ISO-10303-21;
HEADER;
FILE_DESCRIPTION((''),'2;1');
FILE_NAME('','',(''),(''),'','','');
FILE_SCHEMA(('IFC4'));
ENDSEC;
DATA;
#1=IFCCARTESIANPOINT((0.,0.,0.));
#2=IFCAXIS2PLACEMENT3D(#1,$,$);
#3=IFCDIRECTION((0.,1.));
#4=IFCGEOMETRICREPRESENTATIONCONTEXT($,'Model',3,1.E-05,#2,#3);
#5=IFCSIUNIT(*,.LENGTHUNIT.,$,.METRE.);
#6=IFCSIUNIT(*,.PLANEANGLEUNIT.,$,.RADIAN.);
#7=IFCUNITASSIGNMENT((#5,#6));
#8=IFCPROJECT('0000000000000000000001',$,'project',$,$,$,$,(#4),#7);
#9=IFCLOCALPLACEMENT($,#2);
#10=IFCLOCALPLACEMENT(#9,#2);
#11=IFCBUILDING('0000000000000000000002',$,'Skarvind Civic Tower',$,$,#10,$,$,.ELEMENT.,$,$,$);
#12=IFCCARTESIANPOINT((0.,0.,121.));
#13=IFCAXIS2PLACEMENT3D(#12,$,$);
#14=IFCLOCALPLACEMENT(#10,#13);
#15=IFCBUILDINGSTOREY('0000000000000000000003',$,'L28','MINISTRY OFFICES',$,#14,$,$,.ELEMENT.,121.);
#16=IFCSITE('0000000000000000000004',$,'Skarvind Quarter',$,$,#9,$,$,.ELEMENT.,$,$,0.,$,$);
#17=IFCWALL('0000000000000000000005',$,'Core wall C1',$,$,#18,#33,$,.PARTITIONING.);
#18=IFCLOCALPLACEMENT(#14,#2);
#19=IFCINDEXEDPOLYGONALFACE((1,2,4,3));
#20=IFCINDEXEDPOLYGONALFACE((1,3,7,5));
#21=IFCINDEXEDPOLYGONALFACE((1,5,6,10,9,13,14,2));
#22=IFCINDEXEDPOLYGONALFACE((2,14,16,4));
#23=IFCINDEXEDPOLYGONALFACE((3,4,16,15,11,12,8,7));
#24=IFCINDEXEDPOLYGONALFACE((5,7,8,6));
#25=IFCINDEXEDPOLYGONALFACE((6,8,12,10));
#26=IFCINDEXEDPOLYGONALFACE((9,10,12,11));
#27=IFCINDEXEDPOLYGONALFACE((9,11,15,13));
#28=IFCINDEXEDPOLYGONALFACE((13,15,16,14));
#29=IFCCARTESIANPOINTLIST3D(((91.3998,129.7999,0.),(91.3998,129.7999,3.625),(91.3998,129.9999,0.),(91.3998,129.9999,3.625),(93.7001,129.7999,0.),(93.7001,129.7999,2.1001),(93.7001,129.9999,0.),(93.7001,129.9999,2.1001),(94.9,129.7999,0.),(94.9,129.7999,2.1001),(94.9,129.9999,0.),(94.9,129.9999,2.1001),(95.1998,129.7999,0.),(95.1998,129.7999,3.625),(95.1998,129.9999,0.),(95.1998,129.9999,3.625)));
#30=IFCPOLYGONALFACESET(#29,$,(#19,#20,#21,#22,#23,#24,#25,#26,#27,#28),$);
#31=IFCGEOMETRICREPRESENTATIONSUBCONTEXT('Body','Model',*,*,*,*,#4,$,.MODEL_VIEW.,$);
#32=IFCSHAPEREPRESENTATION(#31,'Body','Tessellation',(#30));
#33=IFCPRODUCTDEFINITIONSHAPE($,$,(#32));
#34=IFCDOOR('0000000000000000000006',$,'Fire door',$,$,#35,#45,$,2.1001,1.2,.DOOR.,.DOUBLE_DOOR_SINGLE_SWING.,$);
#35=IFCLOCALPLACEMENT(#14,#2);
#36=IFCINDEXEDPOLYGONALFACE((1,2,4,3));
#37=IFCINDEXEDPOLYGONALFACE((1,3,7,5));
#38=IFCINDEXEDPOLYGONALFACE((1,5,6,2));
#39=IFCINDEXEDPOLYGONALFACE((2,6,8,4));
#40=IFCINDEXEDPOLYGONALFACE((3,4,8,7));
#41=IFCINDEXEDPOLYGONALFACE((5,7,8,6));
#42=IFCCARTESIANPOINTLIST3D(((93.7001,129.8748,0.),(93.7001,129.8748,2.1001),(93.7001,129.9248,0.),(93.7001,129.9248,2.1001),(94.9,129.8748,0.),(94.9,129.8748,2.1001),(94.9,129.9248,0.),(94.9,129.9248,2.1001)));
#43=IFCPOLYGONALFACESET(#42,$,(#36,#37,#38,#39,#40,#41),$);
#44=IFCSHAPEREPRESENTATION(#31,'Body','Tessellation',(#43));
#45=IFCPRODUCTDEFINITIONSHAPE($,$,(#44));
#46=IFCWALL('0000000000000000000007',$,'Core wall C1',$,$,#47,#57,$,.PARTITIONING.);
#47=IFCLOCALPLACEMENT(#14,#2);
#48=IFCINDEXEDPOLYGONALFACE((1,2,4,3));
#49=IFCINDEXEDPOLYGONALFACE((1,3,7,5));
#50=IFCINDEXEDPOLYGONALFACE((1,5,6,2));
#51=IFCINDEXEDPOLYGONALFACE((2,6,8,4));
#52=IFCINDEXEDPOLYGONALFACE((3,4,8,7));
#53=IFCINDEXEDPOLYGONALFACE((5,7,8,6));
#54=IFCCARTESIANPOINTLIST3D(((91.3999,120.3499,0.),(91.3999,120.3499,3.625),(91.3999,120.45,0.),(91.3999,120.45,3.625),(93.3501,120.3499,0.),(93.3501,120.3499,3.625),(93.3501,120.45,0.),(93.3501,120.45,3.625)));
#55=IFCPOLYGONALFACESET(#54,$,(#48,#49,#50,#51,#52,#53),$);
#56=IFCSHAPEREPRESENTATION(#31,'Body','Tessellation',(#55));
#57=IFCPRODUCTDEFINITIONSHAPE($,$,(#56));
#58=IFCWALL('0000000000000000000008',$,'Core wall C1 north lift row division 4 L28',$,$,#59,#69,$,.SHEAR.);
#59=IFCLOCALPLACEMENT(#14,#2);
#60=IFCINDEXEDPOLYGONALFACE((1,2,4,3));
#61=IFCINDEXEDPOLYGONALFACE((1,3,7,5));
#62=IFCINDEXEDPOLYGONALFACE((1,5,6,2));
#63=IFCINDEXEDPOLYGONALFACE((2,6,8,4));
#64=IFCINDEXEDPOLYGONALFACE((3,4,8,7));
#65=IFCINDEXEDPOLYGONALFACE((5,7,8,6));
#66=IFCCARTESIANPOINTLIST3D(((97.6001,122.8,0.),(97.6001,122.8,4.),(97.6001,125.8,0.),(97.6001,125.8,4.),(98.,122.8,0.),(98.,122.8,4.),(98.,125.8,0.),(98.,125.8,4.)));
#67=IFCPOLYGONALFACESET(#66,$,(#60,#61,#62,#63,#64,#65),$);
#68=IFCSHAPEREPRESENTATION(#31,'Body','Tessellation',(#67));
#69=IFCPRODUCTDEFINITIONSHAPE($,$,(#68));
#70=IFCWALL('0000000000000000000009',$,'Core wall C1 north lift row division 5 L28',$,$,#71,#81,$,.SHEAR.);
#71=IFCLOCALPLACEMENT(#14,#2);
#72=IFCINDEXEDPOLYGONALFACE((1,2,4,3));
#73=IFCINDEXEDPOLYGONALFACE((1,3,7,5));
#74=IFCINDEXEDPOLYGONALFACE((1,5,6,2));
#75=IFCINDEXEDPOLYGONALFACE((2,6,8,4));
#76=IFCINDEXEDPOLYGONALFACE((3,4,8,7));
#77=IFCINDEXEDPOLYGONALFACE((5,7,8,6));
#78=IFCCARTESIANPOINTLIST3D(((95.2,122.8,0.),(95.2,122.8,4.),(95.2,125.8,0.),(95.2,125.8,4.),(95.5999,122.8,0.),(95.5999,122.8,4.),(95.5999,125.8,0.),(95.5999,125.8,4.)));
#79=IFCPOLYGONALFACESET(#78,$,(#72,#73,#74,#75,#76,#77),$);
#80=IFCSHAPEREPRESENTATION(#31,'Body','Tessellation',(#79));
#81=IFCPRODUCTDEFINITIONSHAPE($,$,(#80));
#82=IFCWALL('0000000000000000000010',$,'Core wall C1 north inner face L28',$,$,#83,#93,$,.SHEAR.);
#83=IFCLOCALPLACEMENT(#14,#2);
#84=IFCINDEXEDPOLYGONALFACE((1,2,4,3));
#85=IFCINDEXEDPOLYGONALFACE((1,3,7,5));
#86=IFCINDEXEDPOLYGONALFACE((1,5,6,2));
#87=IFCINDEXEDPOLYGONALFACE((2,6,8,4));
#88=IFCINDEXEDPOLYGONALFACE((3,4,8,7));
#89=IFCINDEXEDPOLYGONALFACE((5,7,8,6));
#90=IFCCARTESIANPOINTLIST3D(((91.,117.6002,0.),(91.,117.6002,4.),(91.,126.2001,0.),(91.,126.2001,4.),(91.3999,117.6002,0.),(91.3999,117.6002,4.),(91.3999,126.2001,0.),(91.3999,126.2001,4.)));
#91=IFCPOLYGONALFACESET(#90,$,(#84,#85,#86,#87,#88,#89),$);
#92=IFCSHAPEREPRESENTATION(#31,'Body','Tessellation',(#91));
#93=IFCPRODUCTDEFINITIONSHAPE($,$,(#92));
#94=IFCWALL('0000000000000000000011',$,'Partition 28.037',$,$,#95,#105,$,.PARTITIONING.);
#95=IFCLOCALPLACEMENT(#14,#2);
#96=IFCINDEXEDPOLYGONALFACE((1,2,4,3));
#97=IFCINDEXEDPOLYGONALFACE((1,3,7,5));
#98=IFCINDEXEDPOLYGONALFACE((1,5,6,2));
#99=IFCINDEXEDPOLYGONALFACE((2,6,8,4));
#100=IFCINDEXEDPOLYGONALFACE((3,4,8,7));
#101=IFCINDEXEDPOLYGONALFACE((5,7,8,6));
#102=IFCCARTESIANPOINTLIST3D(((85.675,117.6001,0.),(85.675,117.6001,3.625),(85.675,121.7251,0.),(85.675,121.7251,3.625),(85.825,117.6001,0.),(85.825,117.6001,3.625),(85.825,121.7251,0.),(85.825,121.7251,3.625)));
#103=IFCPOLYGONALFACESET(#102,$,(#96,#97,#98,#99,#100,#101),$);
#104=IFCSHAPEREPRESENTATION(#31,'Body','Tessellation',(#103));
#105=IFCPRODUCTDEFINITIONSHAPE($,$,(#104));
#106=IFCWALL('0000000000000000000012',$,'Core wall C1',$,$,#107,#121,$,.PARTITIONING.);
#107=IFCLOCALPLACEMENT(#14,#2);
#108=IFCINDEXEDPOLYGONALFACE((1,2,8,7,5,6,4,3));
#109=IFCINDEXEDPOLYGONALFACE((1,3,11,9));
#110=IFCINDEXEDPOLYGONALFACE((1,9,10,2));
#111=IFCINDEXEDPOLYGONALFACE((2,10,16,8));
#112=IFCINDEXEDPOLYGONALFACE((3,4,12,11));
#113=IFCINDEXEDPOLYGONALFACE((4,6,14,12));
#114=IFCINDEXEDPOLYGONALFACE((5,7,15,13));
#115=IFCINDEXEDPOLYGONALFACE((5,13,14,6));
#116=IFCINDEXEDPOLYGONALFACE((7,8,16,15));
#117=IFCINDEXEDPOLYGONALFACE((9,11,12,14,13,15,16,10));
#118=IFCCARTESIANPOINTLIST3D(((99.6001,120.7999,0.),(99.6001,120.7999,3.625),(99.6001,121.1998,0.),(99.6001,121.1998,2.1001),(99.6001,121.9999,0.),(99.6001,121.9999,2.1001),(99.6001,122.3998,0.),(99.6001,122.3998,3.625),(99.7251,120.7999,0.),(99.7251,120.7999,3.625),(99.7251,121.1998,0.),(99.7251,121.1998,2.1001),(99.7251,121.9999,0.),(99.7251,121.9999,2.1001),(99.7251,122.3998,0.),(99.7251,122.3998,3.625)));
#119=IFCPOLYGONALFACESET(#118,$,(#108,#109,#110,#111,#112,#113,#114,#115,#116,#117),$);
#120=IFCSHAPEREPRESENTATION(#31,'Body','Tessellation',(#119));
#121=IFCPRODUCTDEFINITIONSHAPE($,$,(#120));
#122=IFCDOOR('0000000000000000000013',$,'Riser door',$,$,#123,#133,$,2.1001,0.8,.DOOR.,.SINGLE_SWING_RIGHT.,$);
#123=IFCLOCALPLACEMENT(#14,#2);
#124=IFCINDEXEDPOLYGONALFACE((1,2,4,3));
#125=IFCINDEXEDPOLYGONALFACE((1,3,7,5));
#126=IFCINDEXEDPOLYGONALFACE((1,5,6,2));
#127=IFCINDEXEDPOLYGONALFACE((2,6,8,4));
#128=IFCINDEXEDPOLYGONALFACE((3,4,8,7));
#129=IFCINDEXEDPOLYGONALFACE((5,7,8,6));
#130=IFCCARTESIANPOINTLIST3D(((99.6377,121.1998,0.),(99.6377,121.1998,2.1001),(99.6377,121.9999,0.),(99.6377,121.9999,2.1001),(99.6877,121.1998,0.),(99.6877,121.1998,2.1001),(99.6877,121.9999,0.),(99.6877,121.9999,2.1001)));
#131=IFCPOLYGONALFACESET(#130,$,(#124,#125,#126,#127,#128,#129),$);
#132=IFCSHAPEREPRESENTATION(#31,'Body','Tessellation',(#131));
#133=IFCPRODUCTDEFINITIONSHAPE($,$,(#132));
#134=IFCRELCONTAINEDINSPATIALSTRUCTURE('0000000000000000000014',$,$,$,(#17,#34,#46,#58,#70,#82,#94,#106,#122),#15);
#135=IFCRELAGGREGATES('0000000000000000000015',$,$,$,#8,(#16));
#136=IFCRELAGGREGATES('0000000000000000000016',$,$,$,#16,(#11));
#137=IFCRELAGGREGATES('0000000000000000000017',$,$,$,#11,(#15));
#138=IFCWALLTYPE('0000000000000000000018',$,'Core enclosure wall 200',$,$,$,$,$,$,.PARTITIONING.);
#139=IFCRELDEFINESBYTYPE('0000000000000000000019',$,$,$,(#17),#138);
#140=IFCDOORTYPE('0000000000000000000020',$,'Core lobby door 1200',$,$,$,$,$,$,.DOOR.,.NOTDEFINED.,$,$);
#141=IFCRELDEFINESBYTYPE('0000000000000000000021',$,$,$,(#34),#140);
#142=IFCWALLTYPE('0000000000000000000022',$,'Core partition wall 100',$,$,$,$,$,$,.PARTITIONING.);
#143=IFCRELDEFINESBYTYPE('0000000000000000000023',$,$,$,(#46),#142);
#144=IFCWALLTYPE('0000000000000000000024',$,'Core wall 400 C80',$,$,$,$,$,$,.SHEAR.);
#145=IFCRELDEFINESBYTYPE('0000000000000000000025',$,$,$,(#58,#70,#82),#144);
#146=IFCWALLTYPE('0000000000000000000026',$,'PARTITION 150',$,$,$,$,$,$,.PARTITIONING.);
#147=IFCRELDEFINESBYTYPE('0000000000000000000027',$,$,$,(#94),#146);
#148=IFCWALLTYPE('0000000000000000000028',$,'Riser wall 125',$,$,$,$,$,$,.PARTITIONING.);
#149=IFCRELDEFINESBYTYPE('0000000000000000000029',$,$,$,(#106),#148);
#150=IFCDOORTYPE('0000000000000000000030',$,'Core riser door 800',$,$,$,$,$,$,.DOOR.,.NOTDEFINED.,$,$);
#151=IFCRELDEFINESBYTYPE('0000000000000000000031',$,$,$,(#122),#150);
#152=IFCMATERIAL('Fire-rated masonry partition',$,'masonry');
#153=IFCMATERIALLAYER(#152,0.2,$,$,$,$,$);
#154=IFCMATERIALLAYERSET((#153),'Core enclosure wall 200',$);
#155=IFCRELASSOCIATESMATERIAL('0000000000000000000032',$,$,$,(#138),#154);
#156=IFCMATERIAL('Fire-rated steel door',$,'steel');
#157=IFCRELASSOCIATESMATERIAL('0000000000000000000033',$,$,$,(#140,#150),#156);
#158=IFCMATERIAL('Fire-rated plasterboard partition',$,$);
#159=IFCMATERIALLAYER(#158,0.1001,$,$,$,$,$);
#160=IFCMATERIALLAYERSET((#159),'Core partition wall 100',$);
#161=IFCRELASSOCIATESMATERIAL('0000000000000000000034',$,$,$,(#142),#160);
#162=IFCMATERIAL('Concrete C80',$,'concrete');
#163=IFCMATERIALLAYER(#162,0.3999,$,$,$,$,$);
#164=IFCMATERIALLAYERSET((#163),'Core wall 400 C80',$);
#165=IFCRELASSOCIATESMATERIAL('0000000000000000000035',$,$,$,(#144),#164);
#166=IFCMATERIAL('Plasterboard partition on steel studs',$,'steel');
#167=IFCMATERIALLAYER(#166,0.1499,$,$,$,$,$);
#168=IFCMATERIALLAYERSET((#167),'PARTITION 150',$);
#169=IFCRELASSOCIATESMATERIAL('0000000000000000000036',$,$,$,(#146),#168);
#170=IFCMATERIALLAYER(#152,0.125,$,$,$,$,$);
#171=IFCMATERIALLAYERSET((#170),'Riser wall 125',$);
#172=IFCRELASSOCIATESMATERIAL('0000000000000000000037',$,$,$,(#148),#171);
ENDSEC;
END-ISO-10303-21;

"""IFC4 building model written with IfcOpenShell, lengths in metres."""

from ifc_helpers import new_model, si_unit, direction, frame, frame_2d, origin, place, context, subcontext, project, spatial, rectangle, extrude, material, layer, layer_set, type_object, element, fill, save


model = new_model("IFC4")

# Units and contexts
model_context = context("Model", 3, precision=1e-05, world=origin(), true_north=direction((0.0, 1.0)))
body_context = subcontext(model_context, "Body", "Model", "MODEL_VIEW")
ifc_project = project(units=[si_unit("LENGTHUNIT", "METRE"), si_unit("PLANEANGLEUNIT", "RADIAN")], contexts=[model_context])

# Site, building, storey
site_placement = place(None, origin())
site = spatial("IfcSite", under=ifc_project, at=site_placement, Name="Skarvind Quarter", CompositionType="ELEMENT", RefElevation=0.0)
building_placement = place(site_placement, origin())
building = spatial("IfcBuilding", under=site, at=building_placement, Name="Skarvind Civic Tower", CompositionType="ELEMENT")
storey_placement = place(building_placement, frame((0.0, 0.0, 121.0)))
storey = spatial("IfcBuildingStorey", under=building, at=storey_placement, Name="L28", Description="MINISTRY OFFICES", CompositionType="ELEMENT", Elevation=121.0)

# Wall, opening, door
ifc_material_1 = material(Name="Fire-rated masonry partition", Category="masonry")
ifc_layer_1 = layer(ifc_material_1, 0.2)
ifc_layer_set_1 = layer_set([ifc_layer_1], Name="Core enclosure wall 200")
wall_type_1 = type_object("IfcWallType", Name="Core enclosure wall 200", PredefinedType="PARTITIONING", material=ifc_layer_set_1)
ifc_material_2 = material(Name="Fire-rated steel door", Category="steel")
door_type_1 = type_object("IfcDoorType", Name="Core lobby door 1200", OperationType="NOTDEFINED", PredefinedType="DOOR", material=ifc_material_2)
wall_1_placement = place(storey_placement, frame((91.3999, 129.8999, 0.0), z_axis=(0.0, 0.0, 1.0), x_axis=(1.0, 0.0, 0.0)))
wall_1 = element("IfcWall", 1, at=wall_1_placement, inside=storey, type_object=wall_type_1, Name="Core wall C1", PredefinedType="PARTITIONING", context=body_context, shape_type="SweptSolid", body=[
    extrude(rectangle(XDim=3.8, YDim=0.2, at=frame_2d((1.8999, 0.0))), origin(), (0.0, 0.0, 1.0), 3.625),
])
opening_1_placement = place(wall_1_placement, frame((2.3, 0.0, 0.0)))
opening_1 = element("IfcOpeningElement", 2, at=opening_1_placement, cuts=wall_1, PredefinedType="OPENING", context=body_context, shape_type="SweptSolid", body=[
    extrude(rectangle(XDim=1.2, YDim=2.1001, at=frame_2d((0.6001, 1.05))), frame((0.0, 0.1099, 0.0), z_axis=(0.0, -1.0, 0.0), x_axis=(1.0, 0.0, 0.0)), (0.0, 0.0, 1.0), 0.22),
])
door_1_placement = place(opening_1_placement, origin())
door_1 = element("IfcDoor", 3, at=door_1_placement, inside=storey, type_object=door_type_1, Name="Fire door", OperationType="DOUBLE_DOOR_SINGLE_SWING", OverallHeight=2.1001, OverallWidth=1.2, PredefinedType="DOOR", context=body_context, shape_type="SweptSolid", body=[
    extrude(rectangle(XDim=1.2, YDim=2.1001, at=frame_2d((0.6001, 1.05))), frame((0.0, 0.0249, 0.0), z_axis=(0.0, -1.0, 0.0), x_axis=(1.0, 0.0, 0.0)), (0.0, 0.0, 1.0), 0.05),
])
fill(opening_1, door_1)

# Walls
ifc_material_3 = material(Name="Fire-rated plasterboard partition")
ifc_layer_2 = layer(ifc_material_3, 0.1001)
ifc_layer_set_2 = layer_set([ifc_layer_2], Name="Core partition wall 100")
wall_type_2 = type_object("IfcWallType", Name="Core partition wall 100", PredefinedType="PARTITIONING", material=ifc_layer_set_2)
wall_2_placement = place(storey_placement, frame((93.3501, 120.3999, 0.0), z_axis=(0.0, 0.0, 1.0), x_axis=(-1.0, 0.0, 0.0)))
element("IfcWall", 4, at=wall_2_placement, inside=storey, type_object=wall_type_2, Name="Core wall C1", PredefinedType="PARTITIONING", context=body_context, shape_type="SweptSolid", body=[
    extrude(rectangle(XDim=1.9502, YDim=0.1001, at=frame_2d((0.9751, 0.0))), origin(), (0.0, 0.0, 1.0), 3.625),
])
ifc_material_4 = material(Name="Concrete C80", Category="concrete")
ifc_layer_3 = layer(ifc_material_4, 0.3999)
ifc_layer_set_3 = layer_set([ifc_layer_3], Name="Core wall 400 C80")
wall_type_3 = type_object("IfcWallType", Name="Core wall 400 C80", PredefinedType="SHEAR", material=ifc_layer_set_3)
for number, where, z_axis, x_axis, name in (
    (5, (97.8, 125.8, 0.0), (0.0, 0.0, 1.0), (0.0, -1.0, 0.0), "Core wall C1 north lift row division 4 L28"),
    (6, (95.3999, 125.8, 0.0), (0.0, 0.0, 1.0), (0.0, -1.0, 0.0), "Core wall C1 north lift row division 5 L28"),
):
    element("IfcWall", number, at=place(storey_placement, frame(where, z_axis=z_axis, x_axis=x_axis)), inside=storey, type_object=wall_type_3, Name=name, PredefinedType="SHEAR", context=body_context, shape_type="SweptSolid", body=[
        extrude(rectangle(XDim=3.0, YDim=0.3999, at=frame_2d((1.5, 0.0))), origin(), (0.0, 0.0, 1.0), 4.0),
    ])
wall_3_placement = place(storey_placement, frame((91.2, 126.2, 0.0), z_axis=(0.0, 0.0, 1.0), x_axis=(0.0, -1.0, 0.0)))
element("IfcWall", 7, at=wall_3_placement, inside=storey, type_object=wall_type_3, Name="Core wall C1 north inner face L28", PredefinedType="SHEAR", context=body_context, shape_type="SweptSolid", body=[
    extrude(rectangle(XDim=8.5999, YDim=0.3999, at=frame_2d((4.2998, 0.0))), origin(), (0.0, 0.0, 1.0), 4.0),
])
ifc_material_5 = material(Name="Plasterboard partition on steel studs", Category="steel")
ifc_layer_4 = layer(ifc_material_5, 0.1499)
ifc_layer_set_4 = layer_set([ifc_layer_4], Name="PARTITION 150")
wall_type_4 = type_object("IfcWallType", Name="PARTITION 150", PredefinedType="PARTITIONING", material=ifc_layer_set_4)
wall_4_placement = place(storey_placement, frame((85.75, 117.6001, 0.0), z_axis=(0.0, 0.0, 1.0), x_axis=(0.0, 1.0, 0.0)))
element("IfcWall", 8, at=wall_4_placement, inside=storey, type_object=wall_type_4, Name="Partition 28.037", PredefinedType="PARTITIONING", context=body_context, shape_type="SweptSolid", body=[
    extrude(rectangle(XDim=4.125, YDim=0.1499, at=frame_2d((2.0625, 0.0))), origin(), (0.0, 0.0, 1.0), 3.625),
])

# Wall, opening, door
ifc_layer_5 = layer(ifc_material_1, 0.125)
ifc_layer_set_5 = layer_set([ifc_layer_5], Name="Riser wall 125")
wall_type_5 = type_object("IfcWallType", Name="Riser wall 125", PredefinedType="PARTITIONING", material=ifc_layer_set_5)
wall_5_placement = place(storey_placement, frame((99.6626, 120.8, 0.0), z_axis=(0.0, 0.0, 1.0), x_axis=(0.0, 1.0, 0.0)))
wall_5 = element("IfcWall", 9, at=wall_5_placement, inside=storey, type_object=wall_type_5, Name="Core wall C1", PredefinedType="PARTITIONING", context=body_context, shape_type="SweptSolid", body=[
    extrude(rectangle(XDim=1.5999, YDim=0.125, at=frame_2d((0.7998, 0.0))), origin(), (0.0, 0.0, 1.0), 3.625),
])
opening_2_placement = place(wall_5_placement, frame((0.3999, 0.0, 0.0)))
opening_2 = element("IfcOpeningElement", 10, at=opening_2_placement, cuts=wall_5, PredefinedType="OPENING", context=body_context, shape_type="SweptSolid", body=[
    extrude(rectangle(XDim=0.8, YDim=2.1001, at=frame_2d((0.3999, 1.05))), frame((0.0, 0.0725, 0.0), z_axis=(0.0, -1.0, 0.0), x_axis=(1.0, 0.0, 0.0)), (0.0, 0.0, 1.0), 0.145),
])
door_type_2 = type_object("IfcDoorType", Name="Core riser door 800", OperationType="NOTDEFINED", PredefinedType="DOOR", material=ifc_material_2)
door_2_placement = place(opening_2_placement, origin())
door_2 = element("IfcDoor", 11, at=door_2_placement, inside=storey, type_object=door_type_2, Name="Riser door", OperationType="SINGLE_SWING_RIGHT", OverallHeight=2.1001, OverallWidth=0.8, PredefinedType="DOOR", context=body_context, shape_type="SweptSolid", body=[
    extrude(rectangle(XDim=0.8, YDim=2.1001, at=frame_2d((0.3999, 1.05))), frame((0.0, 0.0249, 0.0), z_axis=(0.0, -1.0, 0.0), x_axis=(1.0, 0.0, 0.0)), (0.0, 0.0, 1.0), 0.05),
])
fill(opening_2, door_2)

save(model, "model.ifc")
